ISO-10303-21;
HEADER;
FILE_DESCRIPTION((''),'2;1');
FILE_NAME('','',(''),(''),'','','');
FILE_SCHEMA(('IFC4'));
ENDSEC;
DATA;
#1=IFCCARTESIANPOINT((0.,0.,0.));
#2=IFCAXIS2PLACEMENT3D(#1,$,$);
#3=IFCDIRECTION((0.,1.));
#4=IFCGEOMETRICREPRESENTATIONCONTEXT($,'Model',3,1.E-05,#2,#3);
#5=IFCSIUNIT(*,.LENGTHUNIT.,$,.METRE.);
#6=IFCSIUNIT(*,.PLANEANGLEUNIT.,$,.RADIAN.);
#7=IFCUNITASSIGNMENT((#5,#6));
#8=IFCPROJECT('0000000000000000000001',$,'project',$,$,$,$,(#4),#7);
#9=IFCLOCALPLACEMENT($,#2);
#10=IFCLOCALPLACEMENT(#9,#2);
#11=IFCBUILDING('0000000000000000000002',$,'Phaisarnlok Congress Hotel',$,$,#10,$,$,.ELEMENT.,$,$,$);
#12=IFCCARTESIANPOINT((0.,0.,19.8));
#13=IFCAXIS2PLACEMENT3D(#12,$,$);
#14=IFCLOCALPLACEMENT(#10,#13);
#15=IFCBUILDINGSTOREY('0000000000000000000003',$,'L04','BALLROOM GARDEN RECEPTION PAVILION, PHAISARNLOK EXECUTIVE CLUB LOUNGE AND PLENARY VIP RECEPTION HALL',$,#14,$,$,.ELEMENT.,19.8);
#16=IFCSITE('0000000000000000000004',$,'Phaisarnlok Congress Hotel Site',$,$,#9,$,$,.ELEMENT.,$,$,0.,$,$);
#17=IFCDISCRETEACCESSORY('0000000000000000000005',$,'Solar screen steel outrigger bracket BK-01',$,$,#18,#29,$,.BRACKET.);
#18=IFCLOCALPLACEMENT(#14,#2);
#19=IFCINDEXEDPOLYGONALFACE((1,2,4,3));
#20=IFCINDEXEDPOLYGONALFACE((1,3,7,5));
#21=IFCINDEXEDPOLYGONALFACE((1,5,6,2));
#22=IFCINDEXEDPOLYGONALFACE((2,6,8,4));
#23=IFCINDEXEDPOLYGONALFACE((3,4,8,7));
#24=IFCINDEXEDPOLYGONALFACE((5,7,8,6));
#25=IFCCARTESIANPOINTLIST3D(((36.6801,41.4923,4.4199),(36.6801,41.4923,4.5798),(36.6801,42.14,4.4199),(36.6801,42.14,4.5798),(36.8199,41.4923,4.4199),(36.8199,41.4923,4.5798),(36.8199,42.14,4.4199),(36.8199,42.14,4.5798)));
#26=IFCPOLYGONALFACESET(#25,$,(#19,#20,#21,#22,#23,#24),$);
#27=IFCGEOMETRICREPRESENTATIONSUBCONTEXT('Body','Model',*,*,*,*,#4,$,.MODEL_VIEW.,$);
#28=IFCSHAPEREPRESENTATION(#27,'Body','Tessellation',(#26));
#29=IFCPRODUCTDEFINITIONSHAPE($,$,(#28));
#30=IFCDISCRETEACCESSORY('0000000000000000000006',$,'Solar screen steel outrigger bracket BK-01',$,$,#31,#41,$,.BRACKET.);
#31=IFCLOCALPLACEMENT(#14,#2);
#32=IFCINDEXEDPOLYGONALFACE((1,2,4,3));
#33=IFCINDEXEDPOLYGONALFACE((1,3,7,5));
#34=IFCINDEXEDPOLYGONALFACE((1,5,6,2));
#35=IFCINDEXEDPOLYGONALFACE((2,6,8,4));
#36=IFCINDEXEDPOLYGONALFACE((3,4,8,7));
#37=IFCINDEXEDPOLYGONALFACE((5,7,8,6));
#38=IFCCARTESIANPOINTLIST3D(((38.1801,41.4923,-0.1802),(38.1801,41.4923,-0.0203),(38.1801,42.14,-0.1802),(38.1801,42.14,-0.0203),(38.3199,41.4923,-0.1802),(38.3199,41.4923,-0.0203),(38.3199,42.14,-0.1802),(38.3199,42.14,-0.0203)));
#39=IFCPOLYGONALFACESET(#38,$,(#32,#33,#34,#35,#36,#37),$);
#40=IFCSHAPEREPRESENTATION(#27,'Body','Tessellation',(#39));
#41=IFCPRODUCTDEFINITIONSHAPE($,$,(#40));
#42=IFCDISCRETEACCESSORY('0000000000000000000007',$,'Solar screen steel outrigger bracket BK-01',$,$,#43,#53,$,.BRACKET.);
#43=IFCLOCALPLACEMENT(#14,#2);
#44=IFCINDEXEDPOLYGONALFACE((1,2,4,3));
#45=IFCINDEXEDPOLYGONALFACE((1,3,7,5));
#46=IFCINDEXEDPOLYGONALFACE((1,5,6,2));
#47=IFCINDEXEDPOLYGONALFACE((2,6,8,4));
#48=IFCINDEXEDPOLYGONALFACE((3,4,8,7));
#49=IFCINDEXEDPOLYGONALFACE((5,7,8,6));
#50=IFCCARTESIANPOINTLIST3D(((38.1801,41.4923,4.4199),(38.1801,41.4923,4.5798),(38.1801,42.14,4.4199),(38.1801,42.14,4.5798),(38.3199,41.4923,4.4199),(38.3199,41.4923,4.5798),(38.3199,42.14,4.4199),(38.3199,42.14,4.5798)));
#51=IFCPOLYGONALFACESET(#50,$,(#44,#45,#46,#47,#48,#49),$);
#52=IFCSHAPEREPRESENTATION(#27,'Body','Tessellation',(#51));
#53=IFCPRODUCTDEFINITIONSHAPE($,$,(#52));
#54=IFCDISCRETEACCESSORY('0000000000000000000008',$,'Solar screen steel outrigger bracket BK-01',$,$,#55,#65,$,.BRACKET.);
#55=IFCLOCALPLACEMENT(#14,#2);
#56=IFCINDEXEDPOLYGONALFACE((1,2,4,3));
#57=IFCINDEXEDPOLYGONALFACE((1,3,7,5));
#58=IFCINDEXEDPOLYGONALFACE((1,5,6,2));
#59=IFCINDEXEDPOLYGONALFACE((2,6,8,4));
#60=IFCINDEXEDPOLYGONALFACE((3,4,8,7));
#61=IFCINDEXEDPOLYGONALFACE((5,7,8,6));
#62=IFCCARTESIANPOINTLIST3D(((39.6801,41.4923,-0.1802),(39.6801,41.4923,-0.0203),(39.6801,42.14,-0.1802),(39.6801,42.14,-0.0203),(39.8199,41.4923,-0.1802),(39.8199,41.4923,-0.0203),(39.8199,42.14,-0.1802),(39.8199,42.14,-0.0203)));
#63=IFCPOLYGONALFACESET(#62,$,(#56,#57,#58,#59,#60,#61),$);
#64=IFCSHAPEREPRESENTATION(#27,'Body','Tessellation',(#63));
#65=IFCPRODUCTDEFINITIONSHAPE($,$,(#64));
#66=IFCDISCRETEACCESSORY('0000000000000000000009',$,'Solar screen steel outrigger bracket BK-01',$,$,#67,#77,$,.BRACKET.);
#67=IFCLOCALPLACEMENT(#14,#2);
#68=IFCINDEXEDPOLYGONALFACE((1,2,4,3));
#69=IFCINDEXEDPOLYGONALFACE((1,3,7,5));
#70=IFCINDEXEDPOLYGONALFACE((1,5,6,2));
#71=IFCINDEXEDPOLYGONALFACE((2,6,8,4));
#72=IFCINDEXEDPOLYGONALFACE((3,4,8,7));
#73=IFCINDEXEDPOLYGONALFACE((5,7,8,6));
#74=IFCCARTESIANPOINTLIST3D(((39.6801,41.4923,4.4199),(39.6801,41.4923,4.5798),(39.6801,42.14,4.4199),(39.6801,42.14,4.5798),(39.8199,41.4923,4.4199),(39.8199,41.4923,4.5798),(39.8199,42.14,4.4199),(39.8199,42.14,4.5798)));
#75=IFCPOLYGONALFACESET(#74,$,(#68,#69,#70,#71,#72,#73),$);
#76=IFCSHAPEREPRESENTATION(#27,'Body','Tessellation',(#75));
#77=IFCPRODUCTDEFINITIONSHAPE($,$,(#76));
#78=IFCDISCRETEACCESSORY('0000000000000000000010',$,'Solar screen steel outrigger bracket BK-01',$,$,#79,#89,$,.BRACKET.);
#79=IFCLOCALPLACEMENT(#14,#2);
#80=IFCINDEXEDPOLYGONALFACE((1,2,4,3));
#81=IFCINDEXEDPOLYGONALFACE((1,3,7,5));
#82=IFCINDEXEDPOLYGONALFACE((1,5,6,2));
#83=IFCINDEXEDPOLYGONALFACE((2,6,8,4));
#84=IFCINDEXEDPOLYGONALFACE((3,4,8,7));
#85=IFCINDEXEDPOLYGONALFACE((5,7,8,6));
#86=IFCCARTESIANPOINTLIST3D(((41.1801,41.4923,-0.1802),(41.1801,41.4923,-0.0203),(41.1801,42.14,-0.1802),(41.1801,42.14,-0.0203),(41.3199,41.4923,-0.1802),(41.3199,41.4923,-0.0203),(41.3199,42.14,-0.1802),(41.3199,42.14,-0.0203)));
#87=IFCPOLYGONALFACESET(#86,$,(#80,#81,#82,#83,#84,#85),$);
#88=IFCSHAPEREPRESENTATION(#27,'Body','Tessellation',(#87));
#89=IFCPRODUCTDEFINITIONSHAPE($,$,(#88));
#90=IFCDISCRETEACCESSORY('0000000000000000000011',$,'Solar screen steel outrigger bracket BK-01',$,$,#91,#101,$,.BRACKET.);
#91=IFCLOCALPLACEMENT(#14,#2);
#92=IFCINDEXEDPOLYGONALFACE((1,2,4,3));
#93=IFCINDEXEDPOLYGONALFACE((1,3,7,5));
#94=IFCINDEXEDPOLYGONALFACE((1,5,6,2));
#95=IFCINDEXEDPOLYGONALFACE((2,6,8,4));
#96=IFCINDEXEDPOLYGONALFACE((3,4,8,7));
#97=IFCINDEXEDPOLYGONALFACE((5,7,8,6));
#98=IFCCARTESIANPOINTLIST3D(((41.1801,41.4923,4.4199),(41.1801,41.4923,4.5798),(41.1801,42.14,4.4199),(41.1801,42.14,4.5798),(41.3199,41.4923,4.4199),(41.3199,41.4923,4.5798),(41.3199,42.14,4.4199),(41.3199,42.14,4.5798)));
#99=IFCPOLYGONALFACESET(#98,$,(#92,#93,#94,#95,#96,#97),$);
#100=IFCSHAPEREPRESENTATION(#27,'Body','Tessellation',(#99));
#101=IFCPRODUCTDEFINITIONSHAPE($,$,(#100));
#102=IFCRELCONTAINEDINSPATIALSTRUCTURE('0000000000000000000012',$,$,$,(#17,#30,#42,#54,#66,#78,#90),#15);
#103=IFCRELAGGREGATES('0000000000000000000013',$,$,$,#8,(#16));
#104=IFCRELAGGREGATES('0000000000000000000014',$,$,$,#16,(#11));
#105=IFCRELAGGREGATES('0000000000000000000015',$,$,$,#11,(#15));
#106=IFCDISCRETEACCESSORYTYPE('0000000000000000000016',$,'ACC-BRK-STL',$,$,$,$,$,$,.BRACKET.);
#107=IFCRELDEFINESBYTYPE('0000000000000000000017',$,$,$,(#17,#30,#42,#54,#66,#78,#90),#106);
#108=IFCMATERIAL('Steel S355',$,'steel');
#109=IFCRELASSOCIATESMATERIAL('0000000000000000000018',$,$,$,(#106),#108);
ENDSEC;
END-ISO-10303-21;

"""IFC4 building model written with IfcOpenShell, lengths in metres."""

from ifc_helpers import new_model, si_unit, direction, frame, origin, origin_2d, place, context, subcontext, project, spatial, rectangle, extrude, material, type_object, element, save


model = new_model("IFC4")

# Units and contexts
model_context = context("Model", 3, precision=1e-05, world=origin(), true_north=direction((0.0, 1.0)))
body_context = subcontext(model_context, "Body", "Model", "MODEL_VIEW")
ifc_project = project(units=[si_unit("LENGTHUNIT", "METRE"), si_unit("PLANEANGLEUNIT", "RADIAN")], contexts=[model_context])

# Site, building, storey
site_placement = place(None, origin())
site = spatial("IfcSite", under=ifc_project, at=site_placement, Name="Phaisarnlok Congress Hotel Site", CompositionType="ELEMENT", RefElevation=0.0)
building_placement = place(site_placement, origin())
building = spatial("IfcBuilding", under=site, at=building_placement, Name="Phaisarnlok Congress Hotel", CompositionType="ELEMENT")
storey_placement = place(building_placement, frame((0.0, 0.0, 19.8)))
storey = spatial("IfcBuildingStorey", under=building, at=storey_placement, Name="L04", Description="BALLROOM GARDEN RECEPTION PAVILION, PHAISARNLOK EXECUTIVE CLUB LOUNGE AND PLENARY VIP RECEPTION HALL", CompositionType="ELEMENT", Elevation=19.8)

# Shared definitions
ifc_material_1 = material(Name="Steel S355", Category="steel")

# Discrete accessories
discrete_accessory_type = type_object("IfcDiscreteAccessoryType", Name="ACC-BRK-STL", PredefinedType="BRACKET", material=ifc_material_1)
for number, where, z_axis, x_axis, name in (
    (1, (36.75, 41.8162, 4.4199), (0.0, 0.0, 1.0), (1.0, 0.0, 0.0), "Solar screen steel outrigger bracket BK-01"),
    (2, (38.25, 41.8162, -0.1802), (0.0, 0.0, 1.0), (1.0, 0.0, 0.0), "Solar screen steel outrigger bracket BK-01"),
    (3, (38.25, 41.8162, 4.4199), (0.0, 0.0, 1.0), (1.0, 0.0, 0.0), "Solar screen steel outrigger bracket BK-01"),
    (4, (39.75, 41.8162, -0.1802), (0.0, 0.0, 1.0), (1.0, 0.0, 0.0), "Solar screen steel outrigger bracket BK-01"),
    (5, (39.75, 41.8162, 4.4199), (0.0, 0.0, 1.0), (1.0, 0.0, 0.0), "Solar screen steel outrigger bracket BK-01"),
    (6, (41.25, 41.8162, -0.1802), (0.0, 0.0, 1.0), (1.0, 0.0, 0.0), "Solar screen steel outrigger bracket BK-01"),
    (7, (41.25, 41.8162, 4.4199), (0.0, 0.0, 1.0), (1.0, 0.0, 0.0), "Solar screen steel outrigger bracket BK-01"),
):
    element("IfcDiscreteAccessory", number, at=place(storey_placement, frame(where, z_axis=z_axis, x_axis=x_axis)), inside=storey, type_object=discrete_accessory_type, Name=name, PredefinedType="BRACKET", context=body_context, shape_type="SweptSolid", body=[
        extrude(rectangle(XDim=0.1399, YDim=0.6477, at=origin_2d()), origin(), (0.0, 0.0, 1.0), 0.1599),
    ])

save(model, "model.ifc")
